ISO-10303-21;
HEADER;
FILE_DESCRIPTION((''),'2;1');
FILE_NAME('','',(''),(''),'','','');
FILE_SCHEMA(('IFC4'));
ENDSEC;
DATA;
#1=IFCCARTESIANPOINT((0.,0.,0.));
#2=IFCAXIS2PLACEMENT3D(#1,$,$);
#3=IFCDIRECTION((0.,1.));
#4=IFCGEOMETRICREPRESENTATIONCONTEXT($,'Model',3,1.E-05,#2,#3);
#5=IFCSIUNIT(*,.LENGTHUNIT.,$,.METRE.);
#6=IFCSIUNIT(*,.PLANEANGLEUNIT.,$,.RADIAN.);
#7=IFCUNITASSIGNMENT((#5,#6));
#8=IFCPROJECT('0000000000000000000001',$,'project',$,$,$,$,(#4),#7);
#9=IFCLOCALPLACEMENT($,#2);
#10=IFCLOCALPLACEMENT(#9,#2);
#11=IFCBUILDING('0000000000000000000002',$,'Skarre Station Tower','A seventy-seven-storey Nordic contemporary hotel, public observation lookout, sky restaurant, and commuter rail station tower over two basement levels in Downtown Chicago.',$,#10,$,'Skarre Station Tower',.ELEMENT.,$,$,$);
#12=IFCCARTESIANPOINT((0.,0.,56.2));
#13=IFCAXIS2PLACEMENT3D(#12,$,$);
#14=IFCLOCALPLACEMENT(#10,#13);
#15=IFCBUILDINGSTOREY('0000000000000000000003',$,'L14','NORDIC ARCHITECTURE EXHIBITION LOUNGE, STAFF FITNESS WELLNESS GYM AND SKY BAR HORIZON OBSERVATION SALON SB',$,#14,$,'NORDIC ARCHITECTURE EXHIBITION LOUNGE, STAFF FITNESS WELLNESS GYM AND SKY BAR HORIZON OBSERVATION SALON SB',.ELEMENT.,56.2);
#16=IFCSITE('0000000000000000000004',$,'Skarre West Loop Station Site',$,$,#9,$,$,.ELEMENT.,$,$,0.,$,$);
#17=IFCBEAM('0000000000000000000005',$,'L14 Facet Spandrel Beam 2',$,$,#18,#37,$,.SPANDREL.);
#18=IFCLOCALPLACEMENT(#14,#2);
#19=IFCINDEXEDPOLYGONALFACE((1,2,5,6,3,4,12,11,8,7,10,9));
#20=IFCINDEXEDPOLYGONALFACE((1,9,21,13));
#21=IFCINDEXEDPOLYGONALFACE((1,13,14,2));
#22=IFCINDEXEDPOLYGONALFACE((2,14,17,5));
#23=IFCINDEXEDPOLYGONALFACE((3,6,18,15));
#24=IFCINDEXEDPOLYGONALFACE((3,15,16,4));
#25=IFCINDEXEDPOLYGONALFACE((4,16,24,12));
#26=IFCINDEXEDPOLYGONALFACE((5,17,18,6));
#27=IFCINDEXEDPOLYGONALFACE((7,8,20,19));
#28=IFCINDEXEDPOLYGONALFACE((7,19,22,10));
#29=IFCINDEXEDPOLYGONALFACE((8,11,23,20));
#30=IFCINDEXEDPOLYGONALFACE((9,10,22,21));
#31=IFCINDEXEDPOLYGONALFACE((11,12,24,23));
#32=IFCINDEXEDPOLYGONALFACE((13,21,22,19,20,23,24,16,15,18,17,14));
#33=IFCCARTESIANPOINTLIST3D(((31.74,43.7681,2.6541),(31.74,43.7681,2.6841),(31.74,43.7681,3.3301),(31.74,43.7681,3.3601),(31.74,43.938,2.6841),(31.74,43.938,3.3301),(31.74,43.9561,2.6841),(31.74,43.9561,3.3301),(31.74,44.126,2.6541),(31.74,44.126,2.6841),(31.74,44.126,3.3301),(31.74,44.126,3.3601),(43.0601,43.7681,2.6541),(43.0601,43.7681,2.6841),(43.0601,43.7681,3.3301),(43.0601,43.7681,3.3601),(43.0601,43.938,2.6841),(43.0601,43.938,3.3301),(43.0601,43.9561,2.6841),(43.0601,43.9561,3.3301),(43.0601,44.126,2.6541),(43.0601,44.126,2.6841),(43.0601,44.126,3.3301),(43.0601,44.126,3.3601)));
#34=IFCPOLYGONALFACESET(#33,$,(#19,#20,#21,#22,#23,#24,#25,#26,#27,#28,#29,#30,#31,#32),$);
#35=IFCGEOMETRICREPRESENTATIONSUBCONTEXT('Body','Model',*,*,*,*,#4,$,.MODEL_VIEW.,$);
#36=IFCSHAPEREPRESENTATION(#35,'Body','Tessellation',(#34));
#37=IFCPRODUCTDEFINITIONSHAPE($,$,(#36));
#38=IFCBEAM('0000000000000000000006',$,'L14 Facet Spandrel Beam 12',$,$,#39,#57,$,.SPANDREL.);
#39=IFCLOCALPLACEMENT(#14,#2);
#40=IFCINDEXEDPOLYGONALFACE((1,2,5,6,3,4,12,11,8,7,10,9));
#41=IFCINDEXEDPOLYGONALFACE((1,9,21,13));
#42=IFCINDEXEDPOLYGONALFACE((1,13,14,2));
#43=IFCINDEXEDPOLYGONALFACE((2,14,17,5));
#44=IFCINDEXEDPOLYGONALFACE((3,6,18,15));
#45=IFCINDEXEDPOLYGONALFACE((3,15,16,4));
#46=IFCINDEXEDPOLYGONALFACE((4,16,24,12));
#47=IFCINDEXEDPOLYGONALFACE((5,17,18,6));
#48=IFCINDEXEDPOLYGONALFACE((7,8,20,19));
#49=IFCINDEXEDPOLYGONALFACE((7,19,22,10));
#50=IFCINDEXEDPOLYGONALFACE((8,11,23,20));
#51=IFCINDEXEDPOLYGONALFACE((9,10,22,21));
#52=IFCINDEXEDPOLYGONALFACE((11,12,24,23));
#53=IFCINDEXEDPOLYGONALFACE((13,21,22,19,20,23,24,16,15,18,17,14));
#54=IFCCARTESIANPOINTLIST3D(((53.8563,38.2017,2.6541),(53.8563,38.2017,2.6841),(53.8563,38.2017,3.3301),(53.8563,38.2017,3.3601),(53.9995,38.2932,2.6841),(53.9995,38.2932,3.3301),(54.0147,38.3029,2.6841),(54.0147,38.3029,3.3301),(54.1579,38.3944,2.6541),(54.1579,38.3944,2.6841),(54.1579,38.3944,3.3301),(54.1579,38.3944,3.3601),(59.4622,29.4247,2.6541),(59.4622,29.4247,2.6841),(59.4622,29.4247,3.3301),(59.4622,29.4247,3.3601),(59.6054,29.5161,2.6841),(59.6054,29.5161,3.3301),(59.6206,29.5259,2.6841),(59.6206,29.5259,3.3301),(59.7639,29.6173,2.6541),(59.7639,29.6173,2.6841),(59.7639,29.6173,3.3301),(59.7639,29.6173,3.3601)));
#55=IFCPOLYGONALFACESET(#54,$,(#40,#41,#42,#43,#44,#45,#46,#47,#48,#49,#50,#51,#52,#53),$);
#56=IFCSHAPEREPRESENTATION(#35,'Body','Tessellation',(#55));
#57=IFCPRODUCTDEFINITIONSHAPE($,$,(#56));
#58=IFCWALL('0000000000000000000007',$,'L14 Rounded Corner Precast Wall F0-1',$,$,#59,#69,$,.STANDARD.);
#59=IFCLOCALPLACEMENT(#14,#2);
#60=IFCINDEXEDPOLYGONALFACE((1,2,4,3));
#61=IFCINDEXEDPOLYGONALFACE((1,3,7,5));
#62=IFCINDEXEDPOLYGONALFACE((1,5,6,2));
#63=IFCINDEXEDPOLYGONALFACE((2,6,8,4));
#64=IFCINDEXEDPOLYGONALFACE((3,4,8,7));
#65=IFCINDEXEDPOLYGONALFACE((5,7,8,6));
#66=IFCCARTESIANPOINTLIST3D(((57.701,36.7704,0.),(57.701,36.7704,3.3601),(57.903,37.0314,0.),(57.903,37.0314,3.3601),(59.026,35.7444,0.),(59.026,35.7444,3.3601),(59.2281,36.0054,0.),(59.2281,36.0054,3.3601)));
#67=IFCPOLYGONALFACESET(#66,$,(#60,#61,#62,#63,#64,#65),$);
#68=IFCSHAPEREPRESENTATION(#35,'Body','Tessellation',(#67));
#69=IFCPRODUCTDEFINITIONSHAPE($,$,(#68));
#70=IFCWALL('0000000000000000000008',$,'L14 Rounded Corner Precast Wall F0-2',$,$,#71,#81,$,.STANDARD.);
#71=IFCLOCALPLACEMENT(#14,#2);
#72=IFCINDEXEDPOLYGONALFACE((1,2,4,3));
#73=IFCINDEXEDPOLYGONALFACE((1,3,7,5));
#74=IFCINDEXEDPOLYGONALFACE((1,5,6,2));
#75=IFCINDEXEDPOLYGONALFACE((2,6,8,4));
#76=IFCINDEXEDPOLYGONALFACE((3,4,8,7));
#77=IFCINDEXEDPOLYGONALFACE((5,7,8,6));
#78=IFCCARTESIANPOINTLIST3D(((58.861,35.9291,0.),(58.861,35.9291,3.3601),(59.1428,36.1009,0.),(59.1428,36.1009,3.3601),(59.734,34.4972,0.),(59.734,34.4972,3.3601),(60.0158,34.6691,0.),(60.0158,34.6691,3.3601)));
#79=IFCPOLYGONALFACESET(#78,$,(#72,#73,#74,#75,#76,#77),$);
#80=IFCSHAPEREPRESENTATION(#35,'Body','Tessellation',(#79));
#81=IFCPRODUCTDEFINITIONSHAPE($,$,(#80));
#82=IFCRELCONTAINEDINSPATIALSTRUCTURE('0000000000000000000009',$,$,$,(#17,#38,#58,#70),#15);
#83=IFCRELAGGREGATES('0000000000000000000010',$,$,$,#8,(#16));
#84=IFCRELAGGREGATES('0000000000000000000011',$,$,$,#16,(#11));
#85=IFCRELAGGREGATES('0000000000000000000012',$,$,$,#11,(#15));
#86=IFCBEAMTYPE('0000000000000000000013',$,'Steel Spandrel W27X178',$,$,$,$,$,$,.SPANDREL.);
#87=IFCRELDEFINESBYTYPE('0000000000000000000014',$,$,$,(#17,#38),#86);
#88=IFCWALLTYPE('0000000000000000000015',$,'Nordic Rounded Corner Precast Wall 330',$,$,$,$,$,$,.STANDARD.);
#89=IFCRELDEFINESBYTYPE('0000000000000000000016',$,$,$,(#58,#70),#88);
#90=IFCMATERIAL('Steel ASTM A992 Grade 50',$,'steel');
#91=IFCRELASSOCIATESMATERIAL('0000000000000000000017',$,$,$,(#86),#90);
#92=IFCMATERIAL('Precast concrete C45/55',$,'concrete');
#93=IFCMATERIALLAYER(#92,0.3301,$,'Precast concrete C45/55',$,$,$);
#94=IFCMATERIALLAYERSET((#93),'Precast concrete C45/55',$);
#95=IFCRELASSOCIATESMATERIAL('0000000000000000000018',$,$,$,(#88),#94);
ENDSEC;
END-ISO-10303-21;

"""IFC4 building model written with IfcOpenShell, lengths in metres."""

from ifc_helpers import new_model, si_unit, direction, frame, frame_2d, origin, origin_2d, place, context, subcontext, project, spatial, rectangle, i_section, extrude, material, layer, layer_set, material_profile, profile_set, type_object, element, save


model = new_model("IFC4")

# Units and contexts
model_context = context("Model", 3, precision=1e-05, world=origin(), true_north=direction((0.0, 1.0)))
body_context = subcontext(model_context, "Body", "Model", "MODEL_VIEW")
ifc_project = project(units=[si_unit("LENGTHUNIT", "METRE"), si_unit("PLANEANGLEUNIT", "RADIAN")], contexts=[model_context])

# Site, building, storey
site_placement = place(None, origin())
site = spatial("IfcSite", under=ifc_project, at=site_placement, Name="Skarre West Loop Station Site", CompositionType="ELEMENT", RefElevation=0.0)
building_placement = place(site_placement, origin())
building = spatial("IfcBuilding", under=site, at=building_placement, Name="Skarre Station Tower", Description="A seventy-seven-storey Nordic contemporary hotel, public observation lookout, sky restaurant, and commuter rail station tower over two basement levels in Downtown Chicago.", LongName="Skarre Station Tower", CompositionType="ELEMENT")
storey_placement = place(building_placement, frame((0.0, 0.0, 56.2)))
storey = spatial("IfcBuildingStorey", under=building, at=storey_placement, Name="L14", Description="NORDIC ARCHITECTURE EXHIBITION LOUNGE, STAFF FITNESS WELLNESS GYM AND SKY BAR HORIZON OBSERVATION SALON SB", LongName="NORDIC ARCHITECTURE EXHIBITION LOUNGE, STAFF FITNESS WELLNESS GYM AND SKY BAR HORIZON OBSERVATION SALON SB", CompositionType="ELEMENT", Elevation=56.2)

# Beams
ifc_material_1 = material(Name="Steel ASTM A992 Grade 50", Category="steel")
ifc_material_profile_1 = material_profile(ifc_material_1, i_section(OverallWidth=0.3579, OverallDepth=0.7061, WebThickness=0.0181, FlangeThickness=0.03, at=origin_2d()), Name="Steel ASTM A992 Grade 50")
ifc_profile_set_1 = profile_set([ifc_material_profile_1], Name="Steel ASTM A992 Grade 50")
beam_type_1 = type_object("IfcBeamType", Name="Steel Spandrel W27X178", PredefinedType="SPANDREL", material=ifc_profile_set_1)
beam_1_placement = place(storey_placement, frame((43.0601, 43.947, 3.0071), z_axis=(-1.0, 0.0, 0.0), x_axis=(0.0, -1.0, 0.0)))
element("IfcBeam", 1, at=beam_1_placement, inside=storey, type_object=beam_type_1, Name="L14 Facet Spandrel Beam 2", PredefinedType="SPANDREL", context=body_context, shape_type="SweptSolid", body=[
    extrude(i_section(OverallWidth=0.3579, OverallDepth=0.7061, WebThickness=0.0181, FlangeThickness=0.03, at=origin_2d()), origin(), (0.0, 0.0, 1.0), 11.3201),
])
beam_2_placement = place(storey_placement, frame((59.613, 29.521, 3.0071), z_axis=(-0.538278, 0.842767, 0.0), x_axis=(-0.842767, -0.538278, 0.0)))
element("IfcBeam", 2, at=beam_2_placement, inside=storey, type_object=beam_type_1, Name="L14 Facet Spandrel Beam 12", PredefinedType="SPANDREL", context=body_context, shape_type="SweptSolid", body=[
    extrude(i_section(OverallWidth=0.3579, OverallDepth=0.7061, WebThickness=0.0181, FlangeThickness=0.03, at=origin_2d()), origin(), (0.0, 0.0, 1.0), 10.4146),
])

# Walls
ifc_material_2 = material(Name="Precast concrete C45/55", Category="concrete")
ifc_layer = layer(ifc_material_2, 0.3301, Name="Precast concrete C45/55")
ifc_layer_set = layer_set([ifc_layer], Name="Precast concrete C45/55")
wall_type = type_object("IfcWallType", Name="Nordic Rounded Corner Precast Wall 330", PredefinedType="STANDARD", material=ifc_layer_set)
wall_1_placement = place(storey_placement, frame((57.802, 36.9009, 0.0), z_axis=(0.0, 0.0, 1.0), x_axis=(0.790692, -0.612214, 0.0)))
element("IfcWall", 3, at=wall_1_placement, inside=storey, type_object=wall_type, Name="L14 Rounded Corner Precast Wall F0-1", PredefinedType="STANDARD", context=body_context, shape_type="SweptSolid", body=[
    extrude(rectangle(XDim=1.6758, YDim=0.3301, at=frame_2d((0.8379, 0.0))), origin(), (0.0, 0.0, 1.0), 3.3601),
])
wall_2_placement = place(storey_placement, frame((59.002, 36.0149, 0.0), z_axis=(0.0, 0.0, 1.0), x_axis=(0.520584, -0.85381, 0.0)))
element("IfcWall", 4, at=wall_2_placement, inside=storey, type_object=wall_type, Name="L14 Rounded Corner Precast Wall F0-2", PredefinedType="STANDARD", context=body_context, shape_type="SweptSolid", body=[
    extrude(rectangle(XDim=1.677, YDim=0.3301, at=frame_2d((0.8384, 0.0))), origin(), (0.0, 0.0, 1.0), 3.3601),
])

save(model, "model.ifc")
